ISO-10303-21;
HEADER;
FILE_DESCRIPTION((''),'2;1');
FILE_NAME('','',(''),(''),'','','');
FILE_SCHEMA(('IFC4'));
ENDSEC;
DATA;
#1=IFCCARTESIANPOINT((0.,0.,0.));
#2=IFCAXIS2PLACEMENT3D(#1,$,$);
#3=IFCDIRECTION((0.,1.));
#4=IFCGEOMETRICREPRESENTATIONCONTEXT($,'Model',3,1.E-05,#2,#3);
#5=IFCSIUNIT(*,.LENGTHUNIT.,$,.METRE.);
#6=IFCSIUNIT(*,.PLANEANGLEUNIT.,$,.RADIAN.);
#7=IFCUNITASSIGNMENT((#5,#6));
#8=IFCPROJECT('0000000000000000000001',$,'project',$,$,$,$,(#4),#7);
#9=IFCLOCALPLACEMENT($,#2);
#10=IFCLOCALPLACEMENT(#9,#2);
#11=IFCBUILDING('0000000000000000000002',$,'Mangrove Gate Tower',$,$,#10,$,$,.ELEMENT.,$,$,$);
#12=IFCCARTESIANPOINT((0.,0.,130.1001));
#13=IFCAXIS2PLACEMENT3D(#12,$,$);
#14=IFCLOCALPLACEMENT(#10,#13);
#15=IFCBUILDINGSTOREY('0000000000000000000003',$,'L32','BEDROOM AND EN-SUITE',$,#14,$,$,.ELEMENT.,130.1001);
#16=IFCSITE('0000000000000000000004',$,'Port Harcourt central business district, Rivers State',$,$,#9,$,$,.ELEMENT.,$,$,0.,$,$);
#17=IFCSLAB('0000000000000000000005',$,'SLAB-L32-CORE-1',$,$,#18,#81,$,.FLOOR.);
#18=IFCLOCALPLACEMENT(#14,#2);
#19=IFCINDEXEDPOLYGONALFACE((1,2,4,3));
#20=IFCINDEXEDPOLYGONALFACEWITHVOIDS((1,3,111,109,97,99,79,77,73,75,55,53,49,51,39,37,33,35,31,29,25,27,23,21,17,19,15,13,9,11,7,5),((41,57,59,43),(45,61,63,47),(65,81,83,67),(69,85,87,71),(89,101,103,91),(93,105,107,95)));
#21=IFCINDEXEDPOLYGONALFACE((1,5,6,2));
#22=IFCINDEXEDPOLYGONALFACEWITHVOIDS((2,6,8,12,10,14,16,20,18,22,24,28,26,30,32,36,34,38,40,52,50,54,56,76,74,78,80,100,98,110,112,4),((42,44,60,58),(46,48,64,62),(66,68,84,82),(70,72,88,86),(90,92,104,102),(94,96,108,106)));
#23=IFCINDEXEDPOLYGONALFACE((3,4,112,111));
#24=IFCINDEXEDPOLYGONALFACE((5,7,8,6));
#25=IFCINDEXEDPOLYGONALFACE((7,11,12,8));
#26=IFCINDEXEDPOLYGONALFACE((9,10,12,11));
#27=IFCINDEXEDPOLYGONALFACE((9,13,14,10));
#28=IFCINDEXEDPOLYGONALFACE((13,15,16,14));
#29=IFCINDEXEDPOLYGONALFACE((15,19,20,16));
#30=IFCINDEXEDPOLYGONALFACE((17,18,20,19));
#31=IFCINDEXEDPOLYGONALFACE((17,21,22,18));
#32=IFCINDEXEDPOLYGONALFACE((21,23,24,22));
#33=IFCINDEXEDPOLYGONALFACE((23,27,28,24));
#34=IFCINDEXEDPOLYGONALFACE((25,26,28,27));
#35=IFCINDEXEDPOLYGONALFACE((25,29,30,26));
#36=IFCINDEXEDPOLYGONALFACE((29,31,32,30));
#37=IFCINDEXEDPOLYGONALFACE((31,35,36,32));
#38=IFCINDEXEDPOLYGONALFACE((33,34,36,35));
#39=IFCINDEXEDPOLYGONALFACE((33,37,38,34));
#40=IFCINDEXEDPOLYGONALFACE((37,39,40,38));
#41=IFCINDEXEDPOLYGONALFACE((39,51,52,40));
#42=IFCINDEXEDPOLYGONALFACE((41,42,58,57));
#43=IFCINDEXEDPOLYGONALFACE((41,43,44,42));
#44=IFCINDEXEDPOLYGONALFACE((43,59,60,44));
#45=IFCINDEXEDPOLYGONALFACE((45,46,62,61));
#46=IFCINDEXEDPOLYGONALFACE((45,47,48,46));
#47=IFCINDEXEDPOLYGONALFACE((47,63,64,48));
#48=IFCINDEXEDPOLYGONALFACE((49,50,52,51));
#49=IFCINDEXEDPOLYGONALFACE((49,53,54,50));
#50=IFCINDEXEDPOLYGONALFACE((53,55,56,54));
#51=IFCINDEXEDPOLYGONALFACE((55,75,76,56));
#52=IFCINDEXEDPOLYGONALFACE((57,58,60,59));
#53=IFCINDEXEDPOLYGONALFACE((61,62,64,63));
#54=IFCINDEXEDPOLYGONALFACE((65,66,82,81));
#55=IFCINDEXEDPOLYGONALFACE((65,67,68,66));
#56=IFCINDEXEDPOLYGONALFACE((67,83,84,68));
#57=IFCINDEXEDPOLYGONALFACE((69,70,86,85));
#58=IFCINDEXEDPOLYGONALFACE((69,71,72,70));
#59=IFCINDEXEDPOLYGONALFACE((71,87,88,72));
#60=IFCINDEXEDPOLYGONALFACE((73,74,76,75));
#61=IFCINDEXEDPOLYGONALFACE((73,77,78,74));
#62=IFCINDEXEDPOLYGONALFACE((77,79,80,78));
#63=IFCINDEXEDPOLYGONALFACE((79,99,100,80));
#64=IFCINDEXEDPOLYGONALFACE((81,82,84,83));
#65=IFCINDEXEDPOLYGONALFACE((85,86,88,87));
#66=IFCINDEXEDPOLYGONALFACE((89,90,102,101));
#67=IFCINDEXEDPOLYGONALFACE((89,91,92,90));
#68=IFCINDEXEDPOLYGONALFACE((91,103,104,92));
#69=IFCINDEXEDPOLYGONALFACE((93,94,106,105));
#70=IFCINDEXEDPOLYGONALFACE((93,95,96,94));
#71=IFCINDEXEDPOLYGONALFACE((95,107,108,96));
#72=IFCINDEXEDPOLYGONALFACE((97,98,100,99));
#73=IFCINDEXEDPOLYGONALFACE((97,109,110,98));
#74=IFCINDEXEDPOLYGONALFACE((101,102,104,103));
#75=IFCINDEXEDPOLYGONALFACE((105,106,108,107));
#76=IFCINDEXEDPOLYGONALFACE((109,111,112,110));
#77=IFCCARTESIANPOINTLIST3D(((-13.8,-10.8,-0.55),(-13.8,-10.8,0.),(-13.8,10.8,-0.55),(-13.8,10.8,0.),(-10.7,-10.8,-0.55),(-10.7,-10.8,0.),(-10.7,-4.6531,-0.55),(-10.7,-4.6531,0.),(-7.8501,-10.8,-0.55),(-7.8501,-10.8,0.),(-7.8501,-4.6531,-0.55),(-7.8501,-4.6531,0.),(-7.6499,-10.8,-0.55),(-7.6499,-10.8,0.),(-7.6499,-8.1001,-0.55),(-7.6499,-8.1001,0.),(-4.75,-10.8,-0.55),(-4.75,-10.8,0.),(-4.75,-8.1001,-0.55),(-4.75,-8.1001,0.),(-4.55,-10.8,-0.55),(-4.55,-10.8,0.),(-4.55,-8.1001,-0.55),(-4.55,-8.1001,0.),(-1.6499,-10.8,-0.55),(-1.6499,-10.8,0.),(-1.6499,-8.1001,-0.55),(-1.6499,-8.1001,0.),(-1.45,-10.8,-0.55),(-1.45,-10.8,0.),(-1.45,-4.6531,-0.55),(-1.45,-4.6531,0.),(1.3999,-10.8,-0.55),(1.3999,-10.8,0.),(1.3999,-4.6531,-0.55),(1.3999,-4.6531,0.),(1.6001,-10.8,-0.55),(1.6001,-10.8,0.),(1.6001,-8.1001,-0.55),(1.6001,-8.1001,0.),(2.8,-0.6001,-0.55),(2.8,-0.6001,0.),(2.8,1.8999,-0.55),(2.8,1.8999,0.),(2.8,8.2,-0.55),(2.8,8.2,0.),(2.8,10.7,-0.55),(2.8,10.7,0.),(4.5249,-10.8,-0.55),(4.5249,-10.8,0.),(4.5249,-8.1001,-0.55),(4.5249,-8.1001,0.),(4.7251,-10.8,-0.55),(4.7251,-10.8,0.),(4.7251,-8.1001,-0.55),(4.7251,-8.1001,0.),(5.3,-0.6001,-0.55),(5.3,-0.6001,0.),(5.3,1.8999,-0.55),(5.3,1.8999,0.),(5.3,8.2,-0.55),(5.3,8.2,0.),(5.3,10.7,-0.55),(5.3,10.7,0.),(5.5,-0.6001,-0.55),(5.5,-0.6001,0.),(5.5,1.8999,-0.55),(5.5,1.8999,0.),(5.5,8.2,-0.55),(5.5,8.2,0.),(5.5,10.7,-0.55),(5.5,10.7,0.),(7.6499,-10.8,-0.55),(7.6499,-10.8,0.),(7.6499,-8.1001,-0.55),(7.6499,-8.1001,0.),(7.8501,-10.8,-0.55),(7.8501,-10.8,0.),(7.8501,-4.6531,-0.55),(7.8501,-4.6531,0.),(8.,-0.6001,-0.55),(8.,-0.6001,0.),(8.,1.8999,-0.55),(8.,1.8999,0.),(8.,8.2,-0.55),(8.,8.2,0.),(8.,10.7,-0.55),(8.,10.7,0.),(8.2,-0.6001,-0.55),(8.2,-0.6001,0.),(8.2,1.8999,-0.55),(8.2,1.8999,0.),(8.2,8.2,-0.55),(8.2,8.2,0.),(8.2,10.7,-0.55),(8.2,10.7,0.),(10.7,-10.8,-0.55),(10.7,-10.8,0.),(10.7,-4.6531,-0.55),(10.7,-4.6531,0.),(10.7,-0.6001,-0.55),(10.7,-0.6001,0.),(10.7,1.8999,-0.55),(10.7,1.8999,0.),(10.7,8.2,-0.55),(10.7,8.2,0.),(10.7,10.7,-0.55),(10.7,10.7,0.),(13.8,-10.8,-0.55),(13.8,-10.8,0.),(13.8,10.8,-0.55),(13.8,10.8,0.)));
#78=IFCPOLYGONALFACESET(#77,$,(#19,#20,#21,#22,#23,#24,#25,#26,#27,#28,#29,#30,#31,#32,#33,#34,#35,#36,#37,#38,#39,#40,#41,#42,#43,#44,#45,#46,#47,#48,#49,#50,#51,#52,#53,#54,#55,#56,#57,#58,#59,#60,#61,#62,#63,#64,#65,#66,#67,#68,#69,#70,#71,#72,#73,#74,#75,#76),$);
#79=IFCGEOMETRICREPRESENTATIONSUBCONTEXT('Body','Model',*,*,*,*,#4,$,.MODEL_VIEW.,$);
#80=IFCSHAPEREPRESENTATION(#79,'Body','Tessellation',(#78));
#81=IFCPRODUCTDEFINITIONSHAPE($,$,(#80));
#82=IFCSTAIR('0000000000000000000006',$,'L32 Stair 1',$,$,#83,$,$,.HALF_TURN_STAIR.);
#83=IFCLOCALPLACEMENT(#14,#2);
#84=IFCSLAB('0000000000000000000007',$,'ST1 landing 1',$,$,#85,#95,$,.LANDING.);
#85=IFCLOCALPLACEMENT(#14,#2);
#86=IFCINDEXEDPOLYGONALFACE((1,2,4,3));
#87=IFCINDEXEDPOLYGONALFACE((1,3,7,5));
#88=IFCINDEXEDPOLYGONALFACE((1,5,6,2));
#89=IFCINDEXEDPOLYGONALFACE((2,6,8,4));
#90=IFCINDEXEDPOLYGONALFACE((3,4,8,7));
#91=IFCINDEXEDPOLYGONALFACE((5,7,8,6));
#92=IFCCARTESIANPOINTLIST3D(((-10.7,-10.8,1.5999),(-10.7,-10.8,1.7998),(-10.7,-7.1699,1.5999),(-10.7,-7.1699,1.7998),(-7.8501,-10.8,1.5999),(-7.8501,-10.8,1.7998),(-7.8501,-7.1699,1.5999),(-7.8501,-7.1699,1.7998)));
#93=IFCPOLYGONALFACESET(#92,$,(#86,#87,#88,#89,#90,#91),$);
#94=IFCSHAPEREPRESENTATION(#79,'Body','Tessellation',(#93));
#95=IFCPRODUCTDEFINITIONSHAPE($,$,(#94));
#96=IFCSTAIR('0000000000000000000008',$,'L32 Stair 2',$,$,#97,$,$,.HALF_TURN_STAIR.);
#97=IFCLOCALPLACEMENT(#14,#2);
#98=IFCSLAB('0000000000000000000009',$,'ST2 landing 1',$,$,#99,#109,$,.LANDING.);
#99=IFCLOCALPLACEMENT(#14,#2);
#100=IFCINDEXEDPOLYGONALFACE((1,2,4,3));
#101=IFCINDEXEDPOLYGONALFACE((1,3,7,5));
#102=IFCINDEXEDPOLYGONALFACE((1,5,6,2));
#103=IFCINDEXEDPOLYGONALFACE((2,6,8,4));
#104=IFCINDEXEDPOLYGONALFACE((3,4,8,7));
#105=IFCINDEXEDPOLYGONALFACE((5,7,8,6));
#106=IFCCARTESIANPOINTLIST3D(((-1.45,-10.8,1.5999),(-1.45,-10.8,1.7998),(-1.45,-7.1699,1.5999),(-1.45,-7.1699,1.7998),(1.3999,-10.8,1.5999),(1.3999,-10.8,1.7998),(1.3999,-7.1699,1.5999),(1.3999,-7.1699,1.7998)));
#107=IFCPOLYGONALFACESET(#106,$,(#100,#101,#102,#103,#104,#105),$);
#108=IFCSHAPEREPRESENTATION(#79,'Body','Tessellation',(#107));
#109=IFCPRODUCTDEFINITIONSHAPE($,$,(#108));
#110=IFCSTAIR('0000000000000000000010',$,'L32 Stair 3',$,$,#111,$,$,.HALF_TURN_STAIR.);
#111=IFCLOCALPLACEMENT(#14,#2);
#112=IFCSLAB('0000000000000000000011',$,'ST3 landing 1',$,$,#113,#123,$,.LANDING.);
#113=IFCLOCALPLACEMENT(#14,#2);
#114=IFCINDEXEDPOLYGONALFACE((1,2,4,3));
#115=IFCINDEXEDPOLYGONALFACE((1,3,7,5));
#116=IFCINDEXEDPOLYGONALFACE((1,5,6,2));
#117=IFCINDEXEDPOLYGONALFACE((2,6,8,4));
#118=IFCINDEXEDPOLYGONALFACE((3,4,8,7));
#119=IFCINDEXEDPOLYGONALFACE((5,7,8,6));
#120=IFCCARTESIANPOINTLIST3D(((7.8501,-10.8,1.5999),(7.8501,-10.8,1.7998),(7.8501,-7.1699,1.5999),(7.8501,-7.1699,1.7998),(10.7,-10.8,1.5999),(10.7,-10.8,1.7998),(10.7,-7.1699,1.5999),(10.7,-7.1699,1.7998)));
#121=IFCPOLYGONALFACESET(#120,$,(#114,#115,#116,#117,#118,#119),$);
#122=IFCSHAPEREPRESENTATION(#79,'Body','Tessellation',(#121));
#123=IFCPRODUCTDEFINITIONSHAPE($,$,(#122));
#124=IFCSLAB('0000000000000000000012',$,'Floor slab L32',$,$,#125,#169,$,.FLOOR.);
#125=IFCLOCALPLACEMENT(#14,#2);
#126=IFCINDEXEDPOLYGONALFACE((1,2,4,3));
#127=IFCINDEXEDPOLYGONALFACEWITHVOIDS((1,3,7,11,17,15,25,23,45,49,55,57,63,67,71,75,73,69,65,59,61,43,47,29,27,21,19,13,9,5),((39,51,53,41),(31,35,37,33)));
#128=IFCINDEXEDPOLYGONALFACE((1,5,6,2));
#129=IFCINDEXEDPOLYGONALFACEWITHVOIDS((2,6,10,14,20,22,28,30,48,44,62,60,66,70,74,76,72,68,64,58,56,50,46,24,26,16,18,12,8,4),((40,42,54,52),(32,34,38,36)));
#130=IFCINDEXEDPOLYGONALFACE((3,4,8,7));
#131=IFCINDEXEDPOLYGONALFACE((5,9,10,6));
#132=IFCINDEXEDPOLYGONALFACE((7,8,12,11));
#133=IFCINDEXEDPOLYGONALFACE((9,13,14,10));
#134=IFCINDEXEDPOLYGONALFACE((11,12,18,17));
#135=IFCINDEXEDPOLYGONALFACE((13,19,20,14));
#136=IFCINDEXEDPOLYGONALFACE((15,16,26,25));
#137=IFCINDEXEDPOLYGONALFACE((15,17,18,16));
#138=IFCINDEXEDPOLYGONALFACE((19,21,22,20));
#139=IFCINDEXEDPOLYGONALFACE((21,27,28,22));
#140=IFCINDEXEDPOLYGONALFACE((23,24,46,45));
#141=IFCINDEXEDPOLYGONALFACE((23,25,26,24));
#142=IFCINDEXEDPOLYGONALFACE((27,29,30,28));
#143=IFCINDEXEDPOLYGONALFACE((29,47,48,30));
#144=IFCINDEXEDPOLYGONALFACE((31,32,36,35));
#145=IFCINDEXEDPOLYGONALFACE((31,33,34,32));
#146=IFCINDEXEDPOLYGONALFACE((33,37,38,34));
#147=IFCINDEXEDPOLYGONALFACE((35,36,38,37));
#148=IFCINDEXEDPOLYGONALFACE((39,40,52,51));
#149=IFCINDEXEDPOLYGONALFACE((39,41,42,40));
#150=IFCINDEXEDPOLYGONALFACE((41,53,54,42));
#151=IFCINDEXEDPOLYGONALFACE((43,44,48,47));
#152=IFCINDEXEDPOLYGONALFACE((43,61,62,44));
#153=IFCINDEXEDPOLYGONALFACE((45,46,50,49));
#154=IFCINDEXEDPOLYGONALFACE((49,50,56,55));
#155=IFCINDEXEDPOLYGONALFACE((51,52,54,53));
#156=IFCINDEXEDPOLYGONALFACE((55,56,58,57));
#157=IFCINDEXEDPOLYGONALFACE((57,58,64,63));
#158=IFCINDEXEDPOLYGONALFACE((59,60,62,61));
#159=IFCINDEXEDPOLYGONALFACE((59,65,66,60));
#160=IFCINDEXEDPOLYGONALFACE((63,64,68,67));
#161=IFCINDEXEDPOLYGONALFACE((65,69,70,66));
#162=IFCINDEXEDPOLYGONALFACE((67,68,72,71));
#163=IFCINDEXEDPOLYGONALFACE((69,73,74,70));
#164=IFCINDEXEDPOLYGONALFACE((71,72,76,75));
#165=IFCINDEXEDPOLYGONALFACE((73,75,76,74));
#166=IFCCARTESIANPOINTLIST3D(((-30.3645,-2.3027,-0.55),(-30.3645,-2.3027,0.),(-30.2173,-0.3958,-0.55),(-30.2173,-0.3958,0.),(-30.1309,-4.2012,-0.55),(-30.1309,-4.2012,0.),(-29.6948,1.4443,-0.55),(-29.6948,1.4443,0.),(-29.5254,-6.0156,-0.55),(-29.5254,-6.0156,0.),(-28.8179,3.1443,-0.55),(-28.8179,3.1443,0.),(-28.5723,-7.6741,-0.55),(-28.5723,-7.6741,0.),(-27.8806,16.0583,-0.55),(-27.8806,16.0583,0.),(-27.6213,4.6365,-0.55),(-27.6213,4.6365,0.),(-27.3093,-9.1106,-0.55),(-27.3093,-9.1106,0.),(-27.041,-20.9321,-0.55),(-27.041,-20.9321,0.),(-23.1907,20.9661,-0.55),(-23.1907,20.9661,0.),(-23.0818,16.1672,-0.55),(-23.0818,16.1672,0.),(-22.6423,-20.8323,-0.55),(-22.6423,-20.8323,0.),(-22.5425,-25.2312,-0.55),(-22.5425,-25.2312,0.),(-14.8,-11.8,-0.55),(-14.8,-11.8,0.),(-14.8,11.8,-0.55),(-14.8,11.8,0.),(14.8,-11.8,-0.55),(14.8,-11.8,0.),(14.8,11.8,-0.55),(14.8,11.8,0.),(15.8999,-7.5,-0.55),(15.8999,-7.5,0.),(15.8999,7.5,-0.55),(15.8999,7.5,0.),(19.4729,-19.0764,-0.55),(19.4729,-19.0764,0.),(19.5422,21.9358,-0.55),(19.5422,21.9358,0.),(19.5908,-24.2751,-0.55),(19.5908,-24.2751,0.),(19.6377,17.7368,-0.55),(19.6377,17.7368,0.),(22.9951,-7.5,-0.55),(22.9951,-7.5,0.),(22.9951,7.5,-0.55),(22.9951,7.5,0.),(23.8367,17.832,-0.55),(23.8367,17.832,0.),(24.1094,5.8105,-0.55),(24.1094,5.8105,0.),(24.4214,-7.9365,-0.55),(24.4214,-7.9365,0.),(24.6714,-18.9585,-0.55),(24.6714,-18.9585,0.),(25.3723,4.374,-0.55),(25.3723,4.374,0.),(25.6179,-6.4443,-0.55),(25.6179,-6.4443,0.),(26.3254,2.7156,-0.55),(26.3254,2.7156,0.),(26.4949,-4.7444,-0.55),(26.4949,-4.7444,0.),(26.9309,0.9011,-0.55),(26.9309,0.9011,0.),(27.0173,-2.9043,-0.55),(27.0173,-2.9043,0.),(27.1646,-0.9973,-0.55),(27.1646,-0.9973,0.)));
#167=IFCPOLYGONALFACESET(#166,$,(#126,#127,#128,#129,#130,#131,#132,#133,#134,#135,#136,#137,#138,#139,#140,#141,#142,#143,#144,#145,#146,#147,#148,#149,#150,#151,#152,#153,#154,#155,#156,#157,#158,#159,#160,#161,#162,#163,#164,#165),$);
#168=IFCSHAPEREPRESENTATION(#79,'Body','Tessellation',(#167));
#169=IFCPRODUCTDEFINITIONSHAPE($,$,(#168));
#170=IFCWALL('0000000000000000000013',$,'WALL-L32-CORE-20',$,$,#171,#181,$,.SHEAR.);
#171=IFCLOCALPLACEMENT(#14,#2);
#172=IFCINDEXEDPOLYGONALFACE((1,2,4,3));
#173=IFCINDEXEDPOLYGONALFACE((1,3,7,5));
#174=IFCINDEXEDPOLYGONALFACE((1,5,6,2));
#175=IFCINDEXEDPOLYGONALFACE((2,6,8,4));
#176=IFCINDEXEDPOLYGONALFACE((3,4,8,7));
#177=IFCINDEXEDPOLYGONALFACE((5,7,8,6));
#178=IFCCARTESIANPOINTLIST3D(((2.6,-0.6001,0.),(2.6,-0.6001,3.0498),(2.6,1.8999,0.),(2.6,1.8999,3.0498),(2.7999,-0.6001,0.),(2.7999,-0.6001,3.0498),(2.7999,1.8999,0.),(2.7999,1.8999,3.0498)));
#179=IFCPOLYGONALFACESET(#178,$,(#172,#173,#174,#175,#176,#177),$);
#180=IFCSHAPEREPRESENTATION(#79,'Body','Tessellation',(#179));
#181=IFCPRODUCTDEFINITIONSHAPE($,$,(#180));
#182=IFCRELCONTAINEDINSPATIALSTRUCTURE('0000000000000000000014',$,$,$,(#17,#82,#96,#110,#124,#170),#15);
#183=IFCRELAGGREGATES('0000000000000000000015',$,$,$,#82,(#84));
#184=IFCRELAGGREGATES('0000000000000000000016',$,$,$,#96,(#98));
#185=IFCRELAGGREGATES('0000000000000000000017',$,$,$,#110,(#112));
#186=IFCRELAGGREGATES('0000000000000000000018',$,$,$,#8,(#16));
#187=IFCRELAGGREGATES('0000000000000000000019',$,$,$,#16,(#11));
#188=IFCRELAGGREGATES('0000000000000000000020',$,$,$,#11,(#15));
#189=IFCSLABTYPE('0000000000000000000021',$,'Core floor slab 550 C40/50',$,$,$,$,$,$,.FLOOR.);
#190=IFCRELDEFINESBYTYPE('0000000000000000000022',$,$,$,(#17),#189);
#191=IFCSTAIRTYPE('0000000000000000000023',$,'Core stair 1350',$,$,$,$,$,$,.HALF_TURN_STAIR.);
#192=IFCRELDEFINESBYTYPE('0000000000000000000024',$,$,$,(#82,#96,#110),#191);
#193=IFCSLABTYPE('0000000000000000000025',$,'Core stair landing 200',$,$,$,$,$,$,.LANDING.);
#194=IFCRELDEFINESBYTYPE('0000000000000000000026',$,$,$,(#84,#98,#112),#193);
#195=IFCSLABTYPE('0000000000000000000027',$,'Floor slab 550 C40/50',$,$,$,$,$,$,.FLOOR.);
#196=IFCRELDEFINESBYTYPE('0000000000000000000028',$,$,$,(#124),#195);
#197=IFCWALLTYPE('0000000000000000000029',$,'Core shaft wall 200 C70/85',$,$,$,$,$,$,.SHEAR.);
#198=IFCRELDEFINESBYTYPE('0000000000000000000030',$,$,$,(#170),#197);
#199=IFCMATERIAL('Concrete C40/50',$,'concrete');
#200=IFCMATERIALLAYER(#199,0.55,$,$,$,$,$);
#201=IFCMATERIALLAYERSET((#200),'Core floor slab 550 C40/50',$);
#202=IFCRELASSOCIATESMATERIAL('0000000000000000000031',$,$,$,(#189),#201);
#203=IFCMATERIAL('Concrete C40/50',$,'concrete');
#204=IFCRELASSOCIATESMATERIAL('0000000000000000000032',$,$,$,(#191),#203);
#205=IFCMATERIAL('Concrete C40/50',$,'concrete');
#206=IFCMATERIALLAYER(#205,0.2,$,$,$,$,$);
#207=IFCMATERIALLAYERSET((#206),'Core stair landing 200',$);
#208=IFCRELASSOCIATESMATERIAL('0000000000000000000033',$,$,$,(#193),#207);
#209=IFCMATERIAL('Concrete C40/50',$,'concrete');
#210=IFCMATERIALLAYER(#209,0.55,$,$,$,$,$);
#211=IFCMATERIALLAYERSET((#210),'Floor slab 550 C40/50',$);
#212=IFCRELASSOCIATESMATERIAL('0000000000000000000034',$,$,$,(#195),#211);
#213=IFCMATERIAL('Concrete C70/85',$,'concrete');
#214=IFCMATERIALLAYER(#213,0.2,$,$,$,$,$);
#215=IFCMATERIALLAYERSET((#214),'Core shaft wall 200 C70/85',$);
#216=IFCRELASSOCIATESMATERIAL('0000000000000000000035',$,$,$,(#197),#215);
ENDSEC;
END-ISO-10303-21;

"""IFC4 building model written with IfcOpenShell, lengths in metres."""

from ifc_helpers import new_model, si_unit, direction, frame, frame_2d, origin, place, context, subcontext, project, spatial, polyline, rectangle, outline, extrude, material, layer, layer_set, type_object, element, aggregate, save


model = new_model("IFC4")

# Units and contexts
model_context = context("Model", 3, precision=1e-05, world=origin(), true_north=direction((0.0, 1.0)))
body_context = subcontext(model_context, "Body", "Model", "MODEL_VIEW")
ifc_project = project(units=[si_unit("LENGTHUNIT", "METRE"), si_unit("PLANEANGLEUNIT", "RADIAN")], contexts=[model_context])

# Site, building, storey
site_placement = place(None, origin())
site = spatial("IfcSite", under=ifc_project, at=site_placement, Name="Port Harcourt central business district, Rivers State", CompositionType="ELEMENT", RefElevation=0.0)
building_placement = place(site_placement, origin())
building = spatial("IfcBuilding", under=site, at=building_placement, Name="Mangrove Gate Tower", CompositionType="ELEMENT")
storey_placement = place(building_placement, frame((0.0, 0.0, 130.1001)))
storey = spatial("IfcBuildingStorey", under=building, at=storey_placement, Name="L32", Description="BEDROOM AND EN-SUITE", CompositionType="ELEMENT", Elevation=130.1001)

# Slab
ifc_material_1 = material(Name="Concrete C40/50", Category="concrete")
ifc_layer_1 = layer(ifc_material_1, 0.55)
ifc_layer_set_1 = layer_set([ifc_layer_1], Name="Core floor slab 550 C40/50")
slab_type_1 = type_object("IfcSlabType", Name="Core floor slab 550 C40/50", PredefinedType="FLOOR", material=ifc_layer_set_1)
slab_1_placement = place(storey_placement, frame((0.0, 0.0, -0.55)))
element("IfcSlab", 1, at=slab_1_placement, inside=storey, type_object=slab_type_1, Name="SLAB-L32-CORE-1", PredefinedType="FLOOR", context=body_context, shape_type="SweptSolid", body=[
    extrude(outline(polyline([(-13.8, -10.8), (-13.8, 10.8), (13.8, 10.8), (13.8, -10.8), (10.7, -10.8), (10.7, -4.6531), (7.8501, -4.6531), (7.8501, -10.8), (7.6499, -10.8), (7.6499, -8.1001), (4.7251, -8.1001), (4.7251, -10.8), (4.5249, -10.8), (4.5249, -8.1001), (1.6001, -8.1001), (1.6001, -10.8), (1.3999, -10.8), (1.3999, -4.6531), (-1.45, -4.6531), (-1.45, -10.8), (-1.6499, -10.8), (-1.6499, -8.1001), (-4.55, -8.1001), (-4.55, -10.8), (-4.75, -10.8), (-4.75, -8.1001), (-7.6499, -8.1001), (-7.6499, -10.8), (-7.8501, -10.8), (-7.8501, -4.6531), (-10.7, -4.6531), (-10.7, -10.8), (-13.8, -10.8)]), holes=[polyline([(5.3, -0.6001), (5.3, 1.8999), (2.8, 1.8999), (2.8, -0.6001), (5.3, -0.6001)]), polyline([(5.3, 10.7), (2.8, 10.7), (2.8, 8.2), (5.3, 8.2), (5.3, 10.7)]), polyline([(8.0, -0.6001), (8.0, 1.8999), (5.5, 1.8999), (5.5, -0.6001), (8.0, -0.6001)]), polyline([(10.7, -0.6001), (10.7, 1.8999), (8.2, 1.8999), (8.2, -0.6001), (10.7, -0.6001)]), polyline([(8.0, 8.2), (8.0, 10.7), (5.5, 10.7), (5.5, 8.2), (8.0, 8.2)]), polyline([(10.7, 8.2), (10.7, 10.7), (8.2, 10.7), (8.2, 8.2), (10.7, 8.2)])]), origin(), (0.0, 0.0, 1.0), 0.55),
])

# Stairs, slabs
ifc_material_2 = material(Name="Concrete C40/50", Category="concrete")
stair_type = type_object("IfcStairType", Name="Core stair 1350", PredefinedType="HALF_TURN_STAIR", material=ifc_material_2)
stair_1_placement = place(storey_placement, origin())
stair_1 = element("IfcStair", 2, at=stair_1_placement, inside=storey, type_object=stair_type, Name="L32 Stair 1", PredefinedType="HALF_TURN_STAIR")
ifc_material_3 = material(Name="Concrete C40/50", Category="concrete")
ifc_layer_2 = layer(ifc_material_3, 0.2)
ifc_layer_set_2 = layer_set([ifc_layer_2], Name="Core stair landing 200")
slab_type_2 = type_object("IfcSlabType", Name="Core stair landing 200", PredefinedType="LANDING", material=ifc_layer_set_2)
slab_2_placement = place(storey_placement, frame((0.0, 0.0, 1.5999)))
slab_2 = element("IfcSlab", 3, at=slab_2_placement, type_object=slab_type_2, Name="ST1 landing 1", PredefinedType="LANDING", context=body_context, shape_type="SweptSolid", body=[
    extrude(outline(polyline([(-10.7, -7.1699), (-10.7, -10.8), (-7.8501, -10.8), (-7.8501, -7.1699), (-10.7, -7.1699)])), origin(), (0.0, 0.0, 1.0), 0.2),
])
aggregate(stair_1, [slab_2])
stair_2_placement = place(storey_placement, origin())
stair_2 = element("IfcStair", 4, at=stair_2_placement, inside=storey, type_object=stair_type, Name="L32 Stair 2", PredefinedType="HALF_TURN_STAIR")
slab_3_placement = place(storey_placement, frame((0.0, 0.0, 1.5999)))
slab_3 = element("IfcSlab", 5, at=slab_3_placement, type_object=slab_type_2, Name="ST2 landing 1", PredefinedType="LANDING", context=body_context, shape_type="SweptSolid", body=[
    extrude(outline(polyline([(-1.45, -7.1699), (-1.45, -10.8), (1.3999, -10.8), (1.3999, -7.1699), (-1.45, -7.1699)])), origin(), (0.0, 0.0, 1.0), 0.2),
])
aggregate(stair_2, [slab_3])
stair_3_placement = place(storey_placement, origin())
stair_3 = element("IfcStair", 6, at=stair_3_placement, inside=storey, type_object=stair_type, Name="L32 Stair 3", PredefinedType="HALF_TURN_STAIR")
slab_4_placement = place(storey_placement, frame((0.0, 0.0, 1.5999)))
slab_4 = element("IfcSlab", 7, at=slab_4_placement, type_object=slab_type_2, Name="ST3 landing 1", PredefinedType="LANDING", context=body_context, shape_type="SweptSolid", body=[
    extrude(outline(polyline([(7.8501, -7.1699), (7.8501, -10.8), (10.7, -10.8), (10.7, -7.1699), (7.8501, -7.1699)])), origin(), (0.0, 0.0, 1.0), 0.2),
])
aggregate(stair_3, [slab_4])

# Slab
ifc_material_4 = material(Name="Concrete C40/50", Category="concrete")
ifc_layer_3 = layer(ifc_material_4, 0.55)
ifc_layer_set_3 = layer_set([ifc_layer_3], Name="Floor slab 550 C40/50")
slab_type_3 = type_object("IfcSlabType", Name="Floor slab 550 C40/50", PredefinedType="FLOOR", material=ifc_layer_set_3)
slab_5_placement = place(storey_placement, frame((0.0, 0.0, -0.55)))
element("IfcSlab", 8, at=slab_5_placement, inside=storey, type_object=slab_type_3, Name="Floor slab L32", PredefinedType="FLOOR", context=body_context, shape_type="SweptSolid", body=[
    extrude(outline(polyline([(-22.5425, -25.2312), (19.5908, -24.2751), (19.4729, -19.0764), (24.6714, -18.9585), (24.4214, -7.9365), (25.6179, -6.4443), (26.4949, -4.7444), (27.0173, -2.9043), (27.1646, -0.9973), (26.9309, 0.9011), (26.3254, 2.7156), (25.3723, 4.374), (24.1094, 5.8105), (23.8367, 17.832), (19.6377, 17.7368), (19.5422, 21.9358), (-23.1907, 20.9661), (-23.0818, 16.1672), (-27.8806, 16.0583), (-27.6213, 4.6365), (-28.8179, 3.1443), (-29.6948, 1.4443), (-30.2173, -0.3958), (-30.3645, -2.3027), (-30.1309, -4.2012), (-29.5254, -6.0156), (-28.5723, -7.6741), (-27.3093, -9.1106), (-27.041, -20.9321), (-22.6423, -20.8323), (-22.5425, -25.2312)]), holes=[polyline([(15.8999, 7.5), (22.9951, 7.5), (22.9951, -7.5), (15.8999, -7.5), (15.8999, 7.5)]), polyline([(-14.8, -11.8), (-14.8, 11.8), (14.8, 11.8), (14.8, -11.8), (-14.8, -11.8)])]), origin(), (0.0, 0.0, 1.0), 0.55),
])

# Wall
ifc_material_5 = material(Name="Concrete C70/85", Category="concrete")
ifc_layer_4 = layer(ifc_material_5, 0.2)
ifc_layer_set_4 = layer_set([ifc_layer_4], Name="Core shaft wall 200 C70/85")
wall_type_1 = type_object("IfcWallType", Name="Core shaft wall 200 C70/85", PredefinedType="SHEAR", material=ifc_layer_set_4)
for number, where, z_axis, x_axis, name in (
    (9, (2.7, -0.6001, 0.0), (0.0, 0.0, 1.0), (0.0, 1.0, 0.0), "WALL-L32-CORE-20"),
):
    element("IfcWall", number, at=place(storey_placement, frame(where, z_axis=z_axis, x_axis=x_axis)), inside=storey, type_object=wall_type_1, Name=name, PredefinedType="SHEAR", context=body_context, shape_type="SweptSolid", body=[
        extrude(rectangle(XDim=2.5, YDim=0.2, at=frame_2d((1.25, 0.0))), origin(), (0.0, 0.0, 1.0), 3.0498),
    ])

save(model, "model.ifc")
